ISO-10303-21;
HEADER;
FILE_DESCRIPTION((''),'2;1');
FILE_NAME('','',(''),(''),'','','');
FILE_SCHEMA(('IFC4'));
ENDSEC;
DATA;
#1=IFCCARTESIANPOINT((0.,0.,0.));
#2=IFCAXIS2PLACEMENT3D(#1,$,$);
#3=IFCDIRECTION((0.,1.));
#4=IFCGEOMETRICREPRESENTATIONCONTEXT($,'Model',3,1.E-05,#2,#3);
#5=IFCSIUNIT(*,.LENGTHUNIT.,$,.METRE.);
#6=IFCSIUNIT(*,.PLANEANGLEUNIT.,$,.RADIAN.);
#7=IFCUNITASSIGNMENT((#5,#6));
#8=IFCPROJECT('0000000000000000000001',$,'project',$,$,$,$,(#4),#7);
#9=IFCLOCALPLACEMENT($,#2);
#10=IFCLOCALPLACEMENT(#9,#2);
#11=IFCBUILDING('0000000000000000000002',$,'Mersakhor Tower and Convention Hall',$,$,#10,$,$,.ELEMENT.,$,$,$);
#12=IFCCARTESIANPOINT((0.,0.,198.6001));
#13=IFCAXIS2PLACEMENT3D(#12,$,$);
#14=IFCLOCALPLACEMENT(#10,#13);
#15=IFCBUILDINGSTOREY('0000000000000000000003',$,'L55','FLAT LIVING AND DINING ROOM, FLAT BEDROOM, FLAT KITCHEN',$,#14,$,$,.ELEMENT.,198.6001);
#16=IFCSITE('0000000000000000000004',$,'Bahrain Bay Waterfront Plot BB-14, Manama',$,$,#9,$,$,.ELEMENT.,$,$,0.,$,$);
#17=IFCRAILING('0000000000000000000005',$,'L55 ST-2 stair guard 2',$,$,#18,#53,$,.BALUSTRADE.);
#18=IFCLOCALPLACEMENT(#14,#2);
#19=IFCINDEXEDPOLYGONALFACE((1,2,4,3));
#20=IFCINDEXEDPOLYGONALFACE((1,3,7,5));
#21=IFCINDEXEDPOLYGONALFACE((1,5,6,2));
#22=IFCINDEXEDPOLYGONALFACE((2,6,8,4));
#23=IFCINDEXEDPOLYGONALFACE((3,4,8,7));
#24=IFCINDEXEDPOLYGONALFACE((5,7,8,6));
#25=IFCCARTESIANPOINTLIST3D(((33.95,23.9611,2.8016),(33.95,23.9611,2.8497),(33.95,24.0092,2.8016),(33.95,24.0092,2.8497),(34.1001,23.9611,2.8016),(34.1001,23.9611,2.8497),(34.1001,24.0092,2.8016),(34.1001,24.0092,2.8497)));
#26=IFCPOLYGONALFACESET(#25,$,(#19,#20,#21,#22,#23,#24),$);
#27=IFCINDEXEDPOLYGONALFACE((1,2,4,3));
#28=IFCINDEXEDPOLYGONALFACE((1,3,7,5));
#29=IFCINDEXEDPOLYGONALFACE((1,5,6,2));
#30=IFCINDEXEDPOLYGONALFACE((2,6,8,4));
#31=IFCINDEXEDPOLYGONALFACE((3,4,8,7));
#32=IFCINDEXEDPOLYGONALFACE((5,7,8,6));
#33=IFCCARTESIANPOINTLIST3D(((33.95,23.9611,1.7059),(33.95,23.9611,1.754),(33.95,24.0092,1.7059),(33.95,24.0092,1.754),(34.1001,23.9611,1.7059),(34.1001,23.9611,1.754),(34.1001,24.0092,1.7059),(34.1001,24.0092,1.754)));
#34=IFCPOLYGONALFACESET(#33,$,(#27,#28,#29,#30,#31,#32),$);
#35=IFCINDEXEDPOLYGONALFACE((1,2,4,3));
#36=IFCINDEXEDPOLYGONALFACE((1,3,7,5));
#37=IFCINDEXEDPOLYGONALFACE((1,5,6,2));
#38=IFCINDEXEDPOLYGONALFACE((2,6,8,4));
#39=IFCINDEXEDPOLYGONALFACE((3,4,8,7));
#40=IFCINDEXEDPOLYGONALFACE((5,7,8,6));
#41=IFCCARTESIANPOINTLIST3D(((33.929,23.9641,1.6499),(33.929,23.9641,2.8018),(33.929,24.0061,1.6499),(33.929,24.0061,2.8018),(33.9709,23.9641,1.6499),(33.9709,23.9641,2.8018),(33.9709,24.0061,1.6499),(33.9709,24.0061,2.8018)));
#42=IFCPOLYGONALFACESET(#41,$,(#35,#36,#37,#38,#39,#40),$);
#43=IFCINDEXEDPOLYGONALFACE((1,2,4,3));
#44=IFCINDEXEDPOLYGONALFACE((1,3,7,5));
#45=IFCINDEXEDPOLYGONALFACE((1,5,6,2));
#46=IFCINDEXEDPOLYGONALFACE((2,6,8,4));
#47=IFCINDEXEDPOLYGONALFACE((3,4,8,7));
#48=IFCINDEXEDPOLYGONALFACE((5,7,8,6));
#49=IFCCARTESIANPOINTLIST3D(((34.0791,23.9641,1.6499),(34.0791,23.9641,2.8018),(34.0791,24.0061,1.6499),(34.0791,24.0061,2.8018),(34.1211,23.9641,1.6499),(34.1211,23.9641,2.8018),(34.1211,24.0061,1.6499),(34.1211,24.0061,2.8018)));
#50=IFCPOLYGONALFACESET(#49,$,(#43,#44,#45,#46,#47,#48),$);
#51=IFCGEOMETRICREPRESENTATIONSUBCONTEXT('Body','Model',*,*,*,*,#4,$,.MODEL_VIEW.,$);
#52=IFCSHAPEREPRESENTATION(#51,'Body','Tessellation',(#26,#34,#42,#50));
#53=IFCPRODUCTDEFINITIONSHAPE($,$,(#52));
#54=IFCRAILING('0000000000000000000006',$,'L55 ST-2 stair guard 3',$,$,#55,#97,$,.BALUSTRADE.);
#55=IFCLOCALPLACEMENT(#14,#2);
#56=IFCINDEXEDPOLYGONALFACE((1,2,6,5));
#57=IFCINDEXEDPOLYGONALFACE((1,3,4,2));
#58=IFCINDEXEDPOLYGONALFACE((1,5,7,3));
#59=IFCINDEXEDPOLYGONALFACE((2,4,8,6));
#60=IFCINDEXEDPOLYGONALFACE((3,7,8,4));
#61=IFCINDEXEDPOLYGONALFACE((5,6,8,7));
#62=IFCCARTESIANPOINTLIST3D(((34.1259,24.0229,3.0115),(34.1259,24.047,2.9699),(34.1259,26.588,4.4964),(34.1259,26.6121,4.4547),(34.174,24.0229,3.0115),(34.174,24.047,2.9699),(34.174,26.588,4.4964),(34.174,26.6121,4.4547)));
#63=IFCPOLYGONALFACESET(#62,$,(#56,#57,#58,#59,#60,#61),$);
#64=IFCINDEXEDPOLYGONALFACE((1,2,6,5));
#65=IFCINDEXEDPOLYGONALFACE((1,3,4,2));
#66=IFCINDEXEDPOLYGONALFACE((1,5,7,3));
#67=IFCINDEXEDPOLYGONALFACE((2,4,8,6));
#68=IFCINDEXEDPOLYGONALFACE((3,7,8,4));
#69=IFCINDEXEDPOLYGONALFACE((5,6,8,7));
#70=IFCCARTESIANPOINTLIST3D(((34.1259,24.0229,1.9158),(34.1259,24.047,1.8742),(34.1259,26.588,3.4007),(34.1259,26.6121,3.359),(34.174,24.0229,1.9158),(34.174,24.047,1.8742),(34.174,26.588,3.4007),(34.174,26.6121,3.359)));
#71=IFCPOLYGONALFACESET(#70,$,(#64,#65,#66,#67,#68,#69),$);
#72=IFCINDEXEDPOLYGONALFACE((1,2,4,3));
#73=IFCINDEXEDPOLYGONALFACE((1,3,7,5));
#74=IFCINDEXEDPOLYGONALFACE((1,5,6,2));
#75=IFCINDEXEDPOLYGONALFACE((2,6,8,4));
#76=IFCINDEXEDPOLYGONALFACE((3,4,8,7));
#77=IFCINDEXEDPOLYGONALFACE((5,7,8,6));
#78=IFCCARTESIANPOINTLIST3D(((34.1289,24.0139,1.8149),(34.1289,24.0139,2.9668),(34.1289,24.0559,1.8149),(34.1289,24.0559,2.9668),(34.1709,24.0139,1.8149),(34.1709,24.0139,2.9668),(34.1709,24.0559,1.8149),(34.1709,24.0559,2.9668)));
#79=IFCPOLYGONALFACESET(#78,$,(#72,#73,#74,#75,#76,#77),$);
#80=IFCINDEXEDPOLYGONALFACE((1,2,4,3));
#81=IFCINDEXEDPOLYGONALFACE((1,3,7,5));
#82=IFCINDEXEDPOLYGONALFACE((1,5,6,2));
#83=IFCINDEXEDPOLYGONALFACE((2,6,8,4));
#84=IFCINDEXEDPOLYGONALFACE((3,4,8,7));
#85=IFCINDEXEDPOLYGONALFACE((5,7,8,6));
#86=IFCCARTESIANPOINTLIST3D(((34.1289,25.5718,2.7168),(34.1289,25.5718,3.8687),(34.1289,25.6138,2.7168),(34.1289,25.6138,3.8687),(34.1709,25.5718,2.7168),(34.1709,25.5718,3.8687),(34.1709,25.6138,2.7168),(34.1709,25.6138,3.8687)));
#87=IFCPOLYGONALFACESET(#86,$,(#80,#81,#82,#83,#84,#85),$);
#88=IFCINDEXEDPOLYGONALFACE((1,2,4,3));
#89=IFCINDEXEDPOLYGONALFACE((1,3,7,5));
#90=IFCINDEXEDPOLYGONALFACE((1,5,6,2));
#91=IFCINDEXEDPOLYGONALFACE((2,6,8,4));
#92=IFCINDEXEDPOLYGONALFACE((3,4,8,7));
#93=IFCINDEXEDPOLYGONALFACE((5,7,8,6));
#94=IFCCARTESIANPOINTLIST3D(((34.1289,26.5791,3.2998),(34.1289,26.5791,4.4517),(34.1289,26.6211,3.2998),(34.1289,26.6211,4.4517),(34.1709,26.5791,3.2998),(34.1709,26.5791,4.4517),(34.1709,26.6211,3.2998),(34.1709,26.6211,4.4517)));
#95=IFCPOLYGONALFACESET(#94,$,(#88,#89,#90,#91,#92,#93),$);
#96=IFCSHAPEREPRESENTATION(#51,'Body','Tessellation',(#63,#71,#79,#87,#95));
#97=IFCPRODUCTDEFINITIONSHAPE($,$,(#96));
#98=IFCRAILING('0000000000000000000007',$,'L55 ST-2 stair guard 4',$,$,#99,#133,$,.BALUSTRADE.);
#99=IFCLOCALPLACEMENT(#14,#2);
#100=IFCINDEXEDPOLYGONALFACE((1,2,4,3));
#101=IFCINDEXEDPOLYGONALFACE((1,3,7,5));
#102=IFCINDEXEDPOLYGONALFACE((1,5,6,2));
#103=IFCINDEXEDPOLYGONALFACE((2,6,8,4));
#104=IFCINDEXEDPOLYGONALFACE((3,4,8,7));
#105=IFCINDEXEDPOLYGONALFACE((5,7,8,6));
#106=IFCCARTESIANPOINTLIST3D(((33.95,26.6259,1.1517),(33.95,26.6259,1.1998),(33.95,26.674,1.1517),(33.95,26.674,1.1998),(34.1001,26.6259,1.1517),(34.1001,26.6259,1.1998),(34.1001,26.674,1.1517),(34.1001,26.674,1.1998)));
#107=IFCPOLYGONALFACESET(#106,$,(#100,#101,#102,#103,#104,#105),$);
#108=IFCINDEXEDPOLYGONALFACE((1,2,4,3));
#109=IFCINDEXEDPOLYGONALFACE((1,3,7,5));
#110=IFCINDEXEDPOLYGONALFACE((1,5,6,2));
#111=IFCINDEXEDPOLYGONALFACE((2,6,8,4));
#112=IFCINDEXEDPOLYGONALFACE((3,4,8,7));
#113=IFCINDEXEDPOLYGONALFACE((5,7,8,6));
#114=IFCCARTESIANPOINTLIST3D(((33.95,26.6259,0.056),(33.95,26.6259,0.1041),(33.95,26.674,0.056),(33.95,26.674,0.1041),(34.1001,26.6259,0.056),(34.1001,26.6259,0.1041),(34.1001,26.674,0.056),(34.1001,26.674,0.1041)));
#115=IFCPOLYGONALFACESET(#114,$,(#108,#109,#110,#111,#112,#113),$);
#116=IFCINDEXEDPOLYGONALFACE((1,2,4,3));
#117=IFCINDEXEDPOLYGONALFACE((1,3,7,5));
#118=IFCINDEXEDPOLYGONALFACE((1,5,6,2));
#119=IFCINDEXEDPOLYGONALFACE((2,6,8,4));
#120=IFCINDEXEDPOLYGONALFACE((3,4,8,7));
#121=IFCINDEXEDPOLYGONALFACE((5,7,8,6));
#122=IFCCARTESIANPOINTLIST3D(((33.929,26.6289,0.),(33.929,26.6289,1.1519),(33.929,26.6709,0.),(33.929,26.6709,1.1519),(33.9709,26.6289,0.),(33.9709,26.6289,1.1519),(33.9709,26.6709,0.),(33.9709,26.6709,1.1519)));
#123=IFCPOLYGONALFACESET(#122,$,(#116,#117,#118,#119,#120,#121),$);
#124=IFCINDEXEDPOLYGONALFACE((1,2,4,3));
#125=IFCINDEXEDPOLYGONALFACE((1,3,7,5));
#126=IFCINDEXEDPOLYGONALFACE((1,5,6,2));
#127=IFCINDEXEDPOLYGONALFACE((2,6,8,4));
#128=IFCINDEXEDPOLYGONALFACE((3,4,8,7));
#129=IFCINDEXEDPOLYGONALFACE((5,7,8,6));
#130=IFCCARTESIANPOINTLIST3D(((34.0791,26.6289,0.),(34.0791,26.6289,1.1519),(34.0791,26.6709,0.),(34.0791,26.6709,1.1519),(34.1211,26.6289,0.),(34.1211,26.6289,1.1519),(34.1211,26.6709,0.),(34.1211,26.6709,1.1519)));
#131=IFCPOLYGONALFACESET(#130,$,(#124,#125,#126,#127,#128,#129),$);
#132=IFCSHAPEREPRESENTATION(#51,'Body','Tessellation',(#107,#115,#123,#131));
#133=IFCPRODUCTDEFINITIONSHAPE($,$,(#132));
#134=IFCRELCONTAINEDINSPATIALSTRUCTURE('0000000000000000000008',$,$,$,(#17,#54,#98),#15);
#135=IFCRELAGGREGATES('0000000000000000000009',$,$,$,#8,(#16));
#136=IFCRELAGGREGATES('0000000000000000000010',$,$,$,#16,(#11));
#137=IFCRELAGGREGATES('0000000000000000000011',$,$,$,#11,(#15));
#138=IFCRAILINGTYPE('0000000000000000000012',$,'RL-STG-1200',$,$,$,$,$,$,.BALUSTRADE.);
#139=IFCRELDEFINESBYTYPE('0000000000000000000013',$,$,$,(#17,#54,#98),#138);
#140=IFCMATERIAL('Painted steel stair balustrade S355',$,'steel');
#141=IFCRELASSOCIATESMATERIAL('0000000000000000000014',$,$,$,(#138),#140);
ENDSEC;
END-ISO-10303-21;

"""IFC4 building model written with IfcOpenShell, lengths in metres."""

from ifc_helpers import new_model, si_unit, direction, frame, origin, origin_2d, place, context, subcontext, project, spatial, rectangle, extrude, material, type_object, element, save


model = new_model("IFC4")

# Units and contexts
model_context = context("Model", 3, precision=1e-05, world=origin(), true_north=direction((0.0, 1.0)))
body_context = subcontext(model_context, "Body", "Model", "MODEL_VIEW")
ifc_project = project(units=[si_unit("LENGTHUNIT", "METRE"), si_unit("PLANEANGLEUNIT", "RADIAN")], contexts=[model_context])

# Site, building, storey
site_placement = place(None, origin())
site = spatial("IfcSite", under=ifc_project, at=site_placement, Name="Bahrain Bay Waterfront Plot BB-14, Manama", CompositionType="ELEMENT", RefElevation=0.0)
building_placement = place(site_placement, origin())
building = spatial("IfcBuilding", under=site, at=building_placement, Name="Mersakhor Tower and Convention Hall", CompositionType="ELEMENT")
storey_placement = place(building_placement, frame((0.0, 0.0, 198.6001)))
storey = spatial("IfcBuildingStorey", under=building, at=storey_placement, Name="L55", Description="FLAT LIVING AND DINING ROOM, FLAT BEDROOM, FLAT KITCHEN", CompositionType="ELEMENT", Elevation=198.6001)

# Railings
ifc_material_1 = material(Name="Painted steel stair balustrade S355", Category="steel")
railing_type_1 = type_object("IfcRailingType", Name="RL-STG-1200", PredefinedType="BALUSTRADE", material=ifc_material_1)
railing_1_placement = place(storey_placement, frame((33.95, 23.9851, 1.6499)))
element("IfcRailing", 1, at=railing_1_placement, inside=storey, type_object=railing_type_1, Name="L55 ST-2 stair guard 2", PredefinedType="BALUSTRADE", context=body_context, shape_type="SweptSolid", body=[
    extrude(rectangle(XDim=0.0481, YDim=0.0481, at=origin_2d()), frame((0.0, 0.0, 1.1758), z_axis=(1.0, 0.0, 0.0), x_axis=(0.0, 1.0, 0.0)), (0.0, 0.0, 1.0), 0.1501),
    extrude(rectangle(XDim=0.0481, YDim=0.0481, at=origin_2d()), frame((0.0, 0.0, 0.0801), z_axis=(1.0, 0.0, 0.0), x_axis=(0.0, 1.0, 0.0)), (0.0, 0.0, 1.0), 0.1501),
    extrude(rectangle(XDim=0.042, YDim=0.042, at=origin_2d()), origin(), (0.0, 0.0, 1.0), 1.1519),
    extrude(rectangle(XDim=0.042, YDim=0.042, at=origin_2d()), frame((0.1501, 0.0, 0.0)), (0.0, 0.0, 1.0), 1.1519),
])
railing_2_placement = place(storey_placement, frame((34.1499, 24.0349, 1.8149)))
element("IfcRailing", 2, at=railing_2_placement, inside=storey, type_object=railing_type_1, Name="L55 ST-2 stair guard 3", PredefinedType="BALUSTRADE", context=body_context, shape_type="SweptSolid", body=[
    extrude(rectangle(XDim=0.0481, YDim=0.0481, at=origin_2d()), frame((0.0, 0.0, 1.1758), z_axis=(0.0, 0.865462, 0.500975), x_axis=(-1.0, 0.0, 0.0)), (0.0, 0.0, 1.0), 2.9639),
    extrude(rectangle(XDim=0.0481, YDim=0.0481, at=origin_2d()), frame((0.0, 0.0, 0.0801), z_axis=(0.0, 0.865462, 0.500975), x_axis=(-1.0, 0.0, 0.0)), (0.0, 0.0, 1.0), 2.9639),
    extrude(rectangle(XDim=0.042, YDim=0.042, at=origin_2d()), origin(), (0.0, 0.0, 1.0), 1.1519),
    extrude(rectangle(XDim=0.042, YDim=0.042, at=origin_2d()), frame((0.0, 1.5579, 0.9019)), (0.0, 0.0, 1.0), 1.1519),
    extrude(rectangle(XDim=0.042, YDim=0.042, at=origin_2d()), frame((0.0, 2.5652, 1.4849)), (0.0, 0.0, 1.0), 1.1519),
])
railing_3_placement = place(storey_placement, frame((33.95, 26.6499, 0.0)))
element("IfcRailing", 3, at=railing_3_placement, inside=storey, type_object=railing_type_1, Name="L55 ST-2 stair guard 4", PredefinedType="BALUSTRADE", context=body_context, shape_type="SweptSolid", body=[
    extrude(rectangle(XDim=0.0481, YDim=0.0481, at=origin_2d()), frame((0.0, 0.0, 1.1758), z_axis=(1.0, 0.0, 0.0), x_axis=(0.0, 1.0, 0.0)), (0.0, 0.0, 1.0), 0.1501),
    extrude(rectangle(XDim=0.0481, YDim=0.0481, at=origin_2d()), frame((0.0, 0.0, 0.0801), z_axis=(1.0, 0.0, 0.0), x_axis=(0.0, 1.0, 0.0)), (0.0, 0.0, 1.0), 0.1501),
    extrude(rectangle(XDim=0.042, YDim=0.042, at=origin_2d()), origin(), (0.0, 0.0, 1.0), 1.1519),
    extrude(rectangle(XDim=0.042, YDim=0.042, at=origin_2d()), frame((0.1501, 0.0, 0.0)), (0.0, 0.0, 1.0), 1.1519),
])

save(model, "model.ifc")
